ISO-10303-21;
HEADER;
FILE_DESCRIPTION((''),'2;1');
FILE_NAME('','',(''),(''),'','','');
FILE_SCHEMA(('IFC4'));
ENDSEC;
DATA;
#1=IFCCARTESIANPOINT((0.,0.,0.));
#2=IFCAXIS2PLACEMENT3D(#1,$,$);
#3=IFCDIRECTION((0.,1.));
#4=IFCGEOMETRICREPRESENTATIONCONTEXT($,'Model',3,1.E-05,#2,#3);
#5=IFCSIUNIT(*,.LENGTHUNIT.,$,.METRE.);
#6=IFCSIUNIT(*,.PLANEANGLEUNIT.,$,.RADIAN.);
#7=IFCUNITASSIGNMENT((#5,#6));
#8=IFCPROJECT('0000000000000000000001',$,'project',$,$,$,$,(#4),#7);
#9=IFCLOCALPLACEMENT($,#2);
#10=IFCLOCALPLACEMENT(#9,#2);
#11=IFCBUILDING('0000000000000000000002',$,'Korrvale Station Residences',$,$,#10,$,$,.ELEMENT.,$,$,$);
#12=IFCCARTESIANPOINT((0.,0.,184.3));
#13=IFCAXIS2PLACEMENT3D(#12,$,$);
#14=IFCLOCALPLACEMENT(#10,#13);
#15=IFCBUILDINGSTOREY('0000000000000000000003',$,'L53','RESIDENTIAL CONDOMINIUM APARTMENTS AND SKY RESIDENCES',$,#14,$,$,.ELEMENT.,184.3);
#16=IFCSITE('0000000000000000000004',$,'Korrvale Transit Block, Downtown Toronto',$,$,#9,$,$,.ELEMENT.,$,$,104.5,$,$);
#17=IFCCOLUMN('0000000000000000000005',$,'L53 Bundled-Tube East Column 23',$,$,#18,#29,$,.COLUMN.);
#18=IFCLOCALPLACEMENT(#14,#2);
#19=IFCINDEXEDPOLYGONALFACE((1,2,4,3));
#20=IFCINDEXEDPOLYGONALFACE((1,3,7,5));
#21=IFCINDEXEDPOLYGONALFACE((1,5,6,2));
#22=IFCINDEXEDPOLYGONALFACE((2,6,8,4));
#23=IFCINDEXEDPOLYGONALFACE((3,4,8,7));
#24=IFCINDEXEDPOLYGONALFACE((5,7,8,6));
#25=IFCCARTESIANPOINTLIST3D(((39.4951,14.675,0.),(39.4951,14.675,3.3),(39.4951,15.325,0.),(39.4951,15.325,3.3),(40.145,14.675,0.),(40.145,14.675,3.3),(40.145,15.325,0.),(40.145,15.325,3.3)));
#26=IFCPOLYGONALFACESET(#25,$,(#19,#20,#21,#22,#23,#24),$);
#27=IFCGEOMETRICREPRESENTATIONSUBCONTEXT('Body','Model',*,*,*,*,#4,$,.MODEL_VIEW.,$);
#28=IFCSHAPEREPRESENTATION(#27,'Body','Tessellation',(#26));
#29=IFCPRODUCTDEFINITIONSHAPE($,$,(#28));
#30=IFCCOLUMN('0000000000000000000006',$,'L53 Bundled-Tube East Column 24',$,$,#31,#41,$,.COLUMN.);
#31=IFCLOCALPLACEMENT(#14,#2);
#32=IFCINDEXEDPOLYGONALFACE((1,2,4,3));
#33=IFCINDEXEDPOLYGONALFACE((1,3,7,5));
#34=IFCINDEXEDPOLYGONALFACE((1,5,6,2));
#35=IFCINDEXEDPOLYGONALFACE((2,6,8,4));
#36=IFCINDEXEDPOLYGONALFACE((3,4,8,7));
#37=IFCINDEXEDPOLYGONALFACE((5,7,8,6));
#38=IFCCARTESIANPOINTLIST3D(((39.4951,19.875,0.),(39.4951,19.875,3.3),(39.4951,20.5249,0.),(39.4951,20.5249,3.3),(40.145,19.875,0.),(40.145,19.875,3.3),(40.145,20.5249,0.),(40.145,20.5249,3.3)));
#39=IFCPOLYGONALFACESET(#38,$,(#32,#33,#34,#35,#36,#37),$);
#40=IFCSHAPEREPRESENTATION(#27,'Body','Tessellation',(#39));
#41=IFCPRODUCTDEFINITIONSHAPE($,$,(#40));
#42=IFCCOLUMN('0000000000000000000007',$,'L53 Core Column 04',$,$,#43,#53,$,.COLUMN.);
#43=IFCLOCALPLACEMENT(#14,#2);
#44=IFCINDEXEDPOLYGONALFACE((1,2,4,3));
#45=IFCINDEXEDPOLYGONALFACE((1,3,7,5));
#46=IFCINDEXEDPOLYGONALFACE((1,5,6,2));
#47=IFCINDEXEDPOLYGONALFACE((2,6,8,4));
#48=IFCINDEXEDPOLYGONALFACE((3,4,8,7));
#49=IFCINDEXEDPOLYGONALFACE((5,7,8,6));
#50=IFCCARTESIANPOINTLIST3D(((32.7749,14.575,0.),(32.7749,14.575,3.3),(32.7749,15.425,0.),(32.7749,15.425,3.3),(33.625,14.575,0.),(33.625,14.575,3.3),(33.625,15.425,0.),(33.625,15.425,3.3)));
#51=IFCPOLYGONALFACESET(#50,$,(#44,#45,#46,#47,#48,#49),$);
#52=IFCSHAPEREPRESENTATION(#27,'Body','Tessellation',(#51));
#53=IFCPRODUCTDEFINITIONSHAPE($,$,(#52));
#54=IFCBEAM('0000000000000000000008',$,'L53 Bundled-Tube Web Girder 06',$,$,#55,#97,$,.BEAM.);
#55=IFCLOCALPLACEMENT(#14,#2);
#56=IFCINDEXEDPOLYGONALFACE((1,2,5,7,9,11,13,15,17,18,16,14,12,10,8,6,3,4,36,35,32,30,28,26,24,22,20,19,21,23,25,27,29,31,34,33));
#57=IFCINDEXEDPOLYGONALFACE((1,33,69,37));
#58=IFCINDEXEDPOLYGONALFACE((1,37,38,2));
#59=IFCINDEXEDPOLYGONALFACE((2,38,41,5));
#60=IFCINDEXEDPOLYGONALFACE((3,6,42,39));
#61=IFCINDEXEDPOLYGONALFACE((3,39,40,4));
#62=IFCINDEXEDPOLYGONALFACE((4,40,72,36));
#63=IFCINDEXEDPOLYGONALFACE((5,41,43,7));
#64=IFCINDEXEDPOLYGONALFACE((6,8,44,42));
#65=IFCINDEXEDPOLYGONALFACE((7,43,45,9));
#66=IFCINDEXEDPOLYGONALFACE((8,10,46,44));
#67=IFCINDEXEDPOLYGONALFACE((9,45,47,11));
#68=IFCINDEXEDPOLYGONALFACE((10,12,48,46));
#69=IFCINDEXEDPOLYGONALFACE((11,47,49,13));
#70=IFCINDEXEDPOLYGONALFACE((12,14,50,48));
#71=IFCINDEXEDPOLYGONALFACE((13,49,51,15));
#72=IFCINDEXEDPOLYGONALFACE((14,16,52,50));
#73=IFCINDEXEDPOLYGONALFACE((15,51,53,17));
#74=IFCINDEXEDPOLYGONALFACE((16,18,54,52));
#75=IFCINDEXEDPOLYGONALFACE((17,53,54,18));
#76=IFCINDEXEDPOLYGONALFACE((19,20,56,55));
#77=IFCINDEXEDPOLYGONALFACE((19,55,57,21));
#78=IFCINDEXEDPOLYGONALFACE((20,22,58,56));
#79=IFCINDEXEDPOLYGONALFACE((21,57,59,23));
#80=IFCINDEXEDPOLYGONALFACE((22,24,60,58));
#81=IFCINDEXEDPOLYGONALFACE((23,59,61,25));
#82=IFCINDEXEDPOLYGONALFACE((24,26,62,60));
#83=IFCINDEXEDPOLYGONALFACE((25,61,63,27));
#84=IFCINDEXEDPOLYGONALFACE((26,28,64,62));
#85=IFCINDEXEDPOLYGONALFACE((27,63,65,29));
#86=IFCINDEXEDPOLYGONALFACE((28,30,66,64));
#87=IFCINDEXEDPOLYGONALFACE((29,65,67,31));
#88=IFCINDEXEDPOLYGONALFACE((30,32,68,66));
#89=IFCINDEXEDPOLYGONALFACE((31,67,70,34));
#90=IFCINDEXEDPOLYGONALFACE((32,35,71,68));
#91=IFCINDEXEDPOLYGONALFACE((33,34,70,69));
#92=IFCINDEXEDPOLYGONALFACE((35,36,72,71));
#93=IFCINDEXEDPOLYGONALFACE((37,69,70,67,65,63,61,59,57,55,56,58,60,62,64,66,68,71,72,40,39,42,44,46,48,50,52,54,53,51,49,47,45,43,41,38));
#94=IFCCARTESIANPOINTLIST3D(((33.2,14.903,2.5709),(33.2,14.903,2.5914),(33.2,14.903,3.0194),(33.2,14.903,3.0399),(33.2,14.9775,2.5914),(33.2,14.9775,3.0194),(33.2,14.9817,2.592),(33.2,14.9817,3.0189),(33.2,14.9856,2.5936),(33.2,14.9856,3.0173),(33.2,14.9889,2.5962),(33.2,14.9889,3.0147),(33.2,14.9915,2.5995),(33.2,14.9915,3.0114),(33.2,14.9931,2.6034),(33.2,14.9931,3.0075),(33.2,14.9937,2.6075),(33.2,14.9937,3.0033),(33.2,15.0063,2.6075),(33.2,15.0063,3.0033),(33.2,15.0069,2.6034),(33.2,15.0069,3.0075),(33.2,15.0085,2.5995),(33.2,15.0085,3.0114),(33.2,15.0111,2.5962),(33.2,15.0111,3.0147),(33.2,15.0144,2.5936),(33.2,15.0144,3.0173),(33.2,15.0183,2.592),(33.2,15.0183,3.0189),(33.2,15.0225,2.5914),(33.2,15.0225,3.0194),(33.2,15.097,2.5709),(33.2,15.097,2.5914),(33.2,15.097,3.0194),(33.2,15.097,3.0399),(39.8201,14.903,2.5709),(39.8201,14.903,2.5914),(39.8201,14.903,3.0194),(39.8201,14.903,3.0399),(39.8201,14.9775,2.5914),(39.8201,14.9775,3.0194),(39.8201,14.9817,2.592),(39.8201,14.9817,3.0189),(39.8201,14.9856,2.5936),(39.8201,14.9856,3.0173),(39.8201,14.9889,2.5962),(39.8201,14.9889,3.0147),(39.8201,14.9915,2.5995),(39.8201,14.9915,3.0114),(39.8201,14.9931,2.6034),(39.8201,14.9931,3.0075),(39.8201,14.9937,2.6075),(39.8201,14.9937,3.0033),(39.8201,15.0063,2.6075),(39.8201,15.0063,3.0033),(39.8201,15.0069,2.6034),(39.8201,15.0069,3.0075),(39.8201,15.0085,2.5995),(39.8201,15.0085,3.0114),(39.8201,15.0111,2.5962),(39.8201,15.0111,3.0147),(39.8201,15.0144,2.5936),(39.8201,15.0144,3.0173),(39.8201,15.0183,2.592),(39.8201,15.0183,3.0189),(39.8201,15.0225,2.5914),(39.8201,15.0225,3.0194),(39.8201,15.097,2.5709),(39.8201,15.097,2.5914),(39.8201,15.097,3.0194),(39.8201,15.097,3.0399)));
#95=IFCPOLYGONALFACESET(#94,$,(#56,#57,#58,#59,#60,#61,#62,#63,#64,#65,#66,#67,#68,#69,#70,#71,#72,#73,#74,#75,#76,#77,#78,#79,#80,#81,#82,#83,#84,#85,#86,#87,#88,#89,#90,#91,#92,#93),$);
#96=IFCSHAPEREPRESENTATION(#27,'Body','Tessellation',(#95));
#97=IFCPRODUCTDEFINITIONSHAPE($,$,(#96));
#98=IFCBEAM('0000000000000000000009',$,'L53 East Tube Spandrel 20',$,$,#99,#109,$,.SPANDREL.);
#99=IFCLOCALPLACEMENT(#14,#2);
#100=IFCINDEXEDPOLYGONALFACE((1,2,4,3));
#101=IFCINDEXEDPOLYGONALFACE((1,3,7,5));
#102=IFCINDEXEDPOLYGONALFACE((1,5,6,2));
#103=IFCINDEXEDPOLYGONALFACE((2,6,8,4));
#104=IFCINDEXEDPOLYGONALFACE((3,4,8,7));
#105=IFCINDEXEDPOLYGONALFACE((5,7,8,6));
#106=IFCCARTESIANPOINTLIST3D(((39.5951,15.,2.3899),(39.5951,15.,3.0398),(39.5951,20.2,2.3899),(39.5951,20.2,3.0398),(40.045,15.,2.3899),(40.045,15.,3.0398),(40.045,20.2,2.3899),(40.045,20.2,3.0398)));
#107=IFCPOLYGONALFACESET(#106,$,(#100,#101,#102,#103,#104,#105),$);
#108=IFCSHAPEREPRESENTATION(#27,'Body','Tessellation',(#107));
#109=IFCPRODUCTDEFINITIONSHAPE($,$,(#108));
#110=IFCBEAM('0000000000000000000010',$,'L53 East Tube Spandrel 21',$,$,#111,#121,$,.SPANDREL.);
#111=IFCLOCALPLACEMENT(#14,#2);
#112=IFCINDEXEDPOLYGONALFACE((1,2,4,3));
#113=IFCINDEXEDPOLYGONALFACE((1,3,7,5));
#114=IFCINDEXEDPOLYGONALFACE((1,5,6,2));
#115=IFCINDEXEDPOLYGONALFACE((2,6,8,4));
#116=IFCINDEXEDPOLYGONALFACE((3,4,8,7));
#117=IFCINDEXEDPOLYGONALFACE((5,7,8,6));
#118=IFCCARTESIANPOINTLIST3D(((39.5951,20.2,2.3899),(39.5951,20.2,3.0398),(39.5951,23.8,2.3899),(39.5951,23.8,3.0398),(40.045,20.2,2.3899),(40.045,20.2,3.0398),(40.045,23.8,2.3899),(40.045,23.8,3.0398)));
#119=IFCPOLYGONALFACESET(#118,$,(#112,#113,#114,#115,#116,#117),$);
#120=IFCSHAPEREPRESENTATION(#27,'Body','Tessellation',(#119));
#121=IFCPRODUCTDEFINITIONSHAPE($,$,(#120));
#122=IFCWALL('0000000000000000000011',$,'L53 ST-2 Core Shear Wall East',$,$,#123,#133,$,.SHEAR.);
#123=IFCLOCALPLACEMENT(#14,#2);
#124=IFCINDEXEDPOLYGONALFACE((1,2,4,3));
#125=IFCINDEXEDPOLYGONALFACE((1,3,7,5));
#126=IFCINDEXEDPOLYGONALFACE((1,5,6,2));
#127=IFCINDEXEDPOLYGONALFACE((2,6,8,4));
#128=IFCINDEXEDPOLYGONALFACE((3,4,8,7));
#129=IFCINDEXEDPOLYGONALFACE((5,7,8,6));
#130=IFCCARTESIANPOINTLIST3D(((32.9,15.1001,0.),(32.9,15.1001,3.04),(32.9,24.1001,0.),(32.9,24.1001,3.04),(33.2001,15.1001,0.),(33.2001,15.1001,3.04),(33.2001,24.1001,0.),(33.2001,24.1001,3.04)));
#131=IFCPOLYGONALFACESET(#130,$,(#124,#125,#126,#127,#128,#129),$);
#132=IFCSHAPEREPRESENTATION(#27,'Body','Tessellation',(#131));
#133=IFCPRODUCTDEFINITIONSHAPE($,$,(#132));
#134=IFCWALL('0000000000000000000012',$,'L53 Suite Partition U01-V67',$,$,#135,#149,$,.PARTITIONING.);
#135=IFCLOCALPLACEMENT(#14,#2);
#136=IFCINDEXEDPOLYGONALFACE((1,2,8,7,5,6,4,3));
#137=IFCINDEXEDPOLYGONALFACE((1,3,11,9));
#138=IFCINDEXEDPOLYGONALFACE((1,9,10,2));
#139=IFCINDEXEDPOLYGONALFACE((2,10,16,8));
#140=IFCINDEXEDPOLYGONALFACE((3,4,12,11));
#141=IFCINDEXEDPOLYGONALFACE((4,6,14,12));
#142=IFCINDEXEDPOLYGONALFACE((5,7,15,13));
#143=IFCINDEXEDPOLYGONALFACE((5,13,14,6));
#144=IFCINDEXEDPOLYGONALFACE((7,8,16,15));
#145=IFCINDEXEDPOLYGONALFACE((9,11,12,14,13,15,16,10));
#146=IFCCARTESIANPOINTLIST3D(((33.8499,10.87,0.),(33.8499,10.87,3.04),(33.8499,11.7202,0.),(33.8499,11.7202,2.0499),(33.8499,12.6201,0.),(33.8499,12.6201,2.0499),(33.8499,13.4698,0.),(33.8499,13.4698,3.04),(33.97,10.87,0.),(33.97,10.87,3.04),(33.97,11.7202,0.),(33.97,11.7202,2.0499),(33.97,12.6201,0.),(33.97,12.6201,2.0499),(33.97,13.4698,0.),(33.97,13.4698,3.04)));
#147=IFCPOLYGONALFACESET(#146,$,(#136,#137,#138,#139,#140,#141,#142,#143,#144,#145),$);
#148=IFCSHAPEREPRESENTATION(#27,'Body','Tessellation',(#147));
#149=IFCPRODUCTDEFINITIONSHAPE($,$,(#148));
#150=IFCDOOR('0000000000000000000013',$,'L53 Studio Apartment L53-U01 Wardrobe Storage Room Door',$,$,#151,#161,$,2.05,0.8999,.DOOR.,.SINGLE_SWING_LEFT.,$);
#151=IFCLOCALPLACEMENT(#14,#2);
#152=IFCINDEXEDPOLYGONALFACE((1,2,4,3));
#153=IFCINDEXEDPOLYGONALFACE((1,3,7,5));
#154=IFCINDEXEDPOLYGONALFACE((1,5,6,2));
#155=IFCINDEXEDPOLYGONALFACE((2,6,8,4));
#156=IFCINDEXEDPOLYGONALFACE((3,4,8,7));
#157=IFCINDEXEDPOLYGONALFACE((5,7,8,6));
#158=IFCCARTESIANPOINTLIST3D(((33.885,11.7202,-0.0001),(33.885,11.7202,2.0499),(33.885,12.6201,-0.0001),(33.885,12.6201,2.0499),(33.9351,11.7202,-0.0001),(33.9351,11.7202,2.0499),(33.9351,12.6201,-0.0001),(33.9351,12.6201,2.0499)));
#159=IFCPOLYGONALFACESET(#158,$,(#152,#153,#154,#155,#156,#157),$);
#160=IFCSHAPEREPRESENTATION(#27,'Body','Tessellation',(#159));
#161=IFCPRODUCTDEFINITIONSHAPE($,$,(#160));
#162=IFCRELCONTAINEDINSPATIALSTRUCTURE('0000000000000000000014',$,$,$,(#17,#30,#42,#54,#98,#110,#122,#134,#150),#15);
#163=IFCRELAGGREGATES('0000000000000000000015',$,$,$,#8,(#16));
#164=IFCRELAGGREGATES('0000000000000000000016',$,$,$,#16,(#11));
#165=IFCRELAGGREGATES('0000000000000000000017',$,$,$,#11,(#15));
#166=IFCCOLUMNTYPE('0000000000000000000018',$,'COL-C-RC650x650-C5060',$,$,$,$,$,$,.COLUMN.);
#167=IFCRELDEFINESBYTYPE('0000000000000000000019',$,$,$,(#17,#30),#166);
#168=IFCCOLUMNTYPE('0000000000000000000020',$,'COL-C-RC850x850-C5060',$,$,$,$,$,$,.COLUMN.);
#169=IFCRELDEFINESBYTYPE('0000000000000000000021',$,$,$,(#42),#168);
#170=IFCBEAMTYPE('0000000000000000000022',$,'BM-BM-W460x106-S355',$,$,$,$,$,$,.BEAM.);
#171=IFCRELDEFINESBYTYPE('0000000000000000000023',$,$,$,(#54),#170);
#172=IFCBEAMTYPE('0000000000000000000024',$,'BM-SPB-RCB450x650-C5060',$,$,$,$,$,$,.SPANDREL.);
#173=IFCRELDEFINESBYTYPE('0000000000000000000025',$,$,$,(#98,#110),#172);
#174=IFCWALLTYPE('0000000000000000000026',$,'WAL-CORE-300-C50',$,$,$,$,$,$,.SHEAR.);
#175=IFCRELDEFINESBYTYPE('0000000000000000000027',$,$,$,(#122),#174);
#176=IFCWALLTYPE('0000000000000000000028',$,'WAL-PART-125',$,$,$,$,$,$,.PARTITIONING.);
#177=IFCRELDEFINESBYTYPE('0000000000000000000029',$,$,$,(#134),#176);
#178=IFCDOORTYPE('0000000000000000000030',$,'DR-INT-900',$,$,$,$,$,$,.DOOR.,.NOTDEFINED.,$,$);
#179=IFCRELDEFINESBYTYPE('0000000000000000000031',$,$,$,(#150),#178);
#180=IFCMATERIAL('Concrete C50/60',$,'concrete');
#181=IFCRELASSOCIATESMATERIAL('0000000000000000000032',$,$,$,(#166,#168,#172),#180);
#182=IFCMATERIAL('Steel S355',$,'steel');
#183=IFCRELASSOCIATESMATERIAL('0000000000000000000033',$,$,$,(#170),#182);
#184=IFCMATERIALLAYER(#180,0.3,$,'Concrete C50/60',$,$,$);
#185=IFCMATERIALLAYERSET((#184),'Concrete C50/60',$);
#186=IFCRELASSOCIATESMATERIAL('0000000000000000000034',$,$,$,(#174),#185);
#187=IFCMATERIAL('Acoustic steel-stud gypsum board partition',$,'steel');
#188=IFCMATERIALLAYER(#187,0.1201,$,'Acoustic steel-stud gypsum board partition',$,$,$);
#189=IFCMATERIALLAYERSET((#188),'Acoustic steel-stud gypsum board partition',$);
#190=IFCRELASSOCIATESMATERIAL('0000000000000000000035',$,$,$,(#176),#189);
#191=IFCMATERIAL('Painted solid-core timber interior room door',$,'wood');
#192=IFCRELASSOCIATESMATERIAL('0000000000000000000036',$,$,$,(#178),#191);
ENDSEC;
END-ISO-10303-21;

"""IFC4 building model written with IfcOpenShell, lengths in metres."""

from ifc_helpers import new_model, si_unit, direction, frame, frame_2d, origin, origin_2d, place, context, subcontext, project, spatial, rectangle, i_section, extrude, material, layer, layer_set, material_profile, profile_set, type_object, element, fill, save


model = new_model("IFC4")

# Units and contexts
model_context = context("Model", 3, precision=1e-05, world=origin(), true_north=direction((0.0, 1.0)))
body_context = subcontext(model_context, "Body", "Model", "MODEL_VIEW")
ifc_project = project(units=[si_unit("LENGTHUNIT", "METRE"), si_unit("PLANEANGLEUNIT", "RADIAN")], contexts=[model_context])

# Site, building, storey
site_placement = place(None, origin())
site = spatial("IfcSite", under=ifc_project, at=site_placement, Name="Korrvale Transit Block, Downtown Toronto", CompositionType="ELEMENT", RefElevation=104.5)
building_placement = place(site_placement, origin())
building = spatial("IfcBuilding", under=site, at=building_placement, Name="Korrvale Station Residences", CompositionType="ELEMENT")
storey_placement = place(building_placement, frame((0.0, 0.0, 184.3)))
storey = spatial("IfcBuildingStorey", under=building, at=storey_placement, Name="L53", Description="RESIDENTIAL CONDOMINIUM APARTMENTS AND SKY RESIDENCES", CompositionType="ELEMENT", Elevation=184.3)

# Columns
ifc_material_1 = material(Name="Concrete C50/60", Category="concrete")
ifc_material_profile_1 = material_profile(ifc_material_1, rectangle(XDim=0.6499, YDim=0.6499, at=origin_2d()), Name="RC650x650")
ifc_profile_set_1 = profile_set([ifc_material_profile_1], Name="Concrete C50/60")
column_type_1 = type_object("IfcColumnType", Name="COL-C-RC650x650-C5060", PredefinedType="COLUMN", material=ifc_profile_set_1)
for number, where, z_axis, x_axis, name in (
    (1, (39.8201, 15.0, 0.0), (0.0, 0.0, 1.0), (1.0, 0.0, 0.0), "L53 Bundled-Tube East Column 23"),
    (2, (39.8201, 20.2, 0.0), (0.0, 0.0, 1.0), (1.0, 0.0, 0.0), "L53 Bundled-Tube East Column 24"),
):
    element("IfcColumn", number, at=place(storey_placement, frame(where, z_axis=z_axis, x_axis=x_axis)), inside=storey, type_object=column_type_1, Name=name, PredefinedType="COLUMN", context=body_context, shape_type="SweptSolid", body=[
        extrude(rectangle(XDim=0.6499, YDim=0.6499, at=origin_2d()), origin(), (0.0, 0.0, 1.0), 3.3),
    ])
ifc_material_profile_2 = material_profile(ifc_material_1, rectangle(XDim=0.8501, YDim=0.8501, at=origin_2d()), Name="RC850x850")
ifc_profile_set_2 = profile_set([ifc_material_profile_2], Name="Concrete C50/60")
column_type_2 = type_object("IfcColumnType", Name="COL-C-RC850x850-C5060", PredefinedType="COLUMN", material=ifc_profile_set_2)
column_placement = place(storey_placement, frame((33.2, 15.0, 0.0), z_axis=(0.0, 0.0, 1.0), x_axis=(1.0, 0.0, 0.0)))
element("IfcColumn", 3, at=column_placement, inside=storey, type_object=column_type_2, Name="L53 Core Column 04", PredefinedType="COLUMN", context=body_context, shape_type="SweptSolid", body=[
    extrude(rectangle(XDim=0.8501, YDim=0.8501, at=origin_2d()), origin(), (0.0, 0.0, 1.0), 3.3),
])

# Beams
ifc_material_2 = material(Name="Steel S355", Category="steel")
ifc_material_profile_3 = material_profile(ifc_material_2, i_section(OverallWidth=0.1941, OverallDepth=0.469, WebThickness=0.0127, FlangeThickness=0.0205, FilletRadius=0.0161, at=origin_2d()), Name="W460x106")
ifc_profile_set_3 = profile_set([ifc_material_profile_3], Name="Steel S355")
beam_type_1 = type_object("IfcBeamType", Name="BM-BM-W460x106-S355", PredefinedType="BEAM", material=ifc_profile_set_3)
beam_1_placement = place(storey_placement, frame((33.2, 15.0, 2.8054), z_axis=(1.0, 0.0, 0.0), x_axis=(0.0, 1.0, 0.0)))
element("IfcBeam", 4, at=beam_1_placement, inside=storey, type_object=beam_type_1, Name="L53 Bundled-Tube Web Girder 06", PredefinedType="BEAM", context=body_context, shape_type="SweptSolid", body=[
    extrude(i_section(OverallWidth=0.1941, OverallDepth=0.469, WebThickness=0.0127, FlangeThickness=0.0205, FilletRadius=0.0161, at=origin_2d()), origin(), (0.0, 0.0, 1.0), 6.6201),
])
ifc_material_profile_4 = material_profile(ifc_material_1, rectangle(XDim=0.45, YDim=0.6499, at=origin_2d()), Name="RCB450x650")
ifc_profile_set_4 = profile_set([ifc_material_profile_4], Name="Concrete C50/60")
beam_type_2 = type_object("IfcBeamType", Name="BM-SPB-RCB450x650-C5060", PredefinedType="SPANDREL", material=ifc_profile_set_4)
beam_2_placement = place(storey_placement, frame((39.8201, 15.0, 2.7148), z_axis=(0.0, 1.0, 0.0), x_axis=(-1.0, 0.0, 0.0)))
element("IfcBeam", 5, at=beam_2_placement, inside=storey, type_object=beam_type_2, Name="L53 East Tube Spandrel 20", PredefinedType="SPANDREL", context=body_context, shape_type="SweptSolid", body=[
    extrude(rectangle(XDim=0.45, YDim=0.6499, at=origin_2d()), origin(), (0.0, 0.0, 1.0), 5.2),
])
beam_3_placement = place(storey_placement, frame((39.8201, 20.2, 2.7148), z_axis=(0.0, 1.0, 0.0), x_axis=(-1.0, 0.0, 0.0)))
element("IfcBeam", 6, at=beam_3_placement, inside=storey, type_object=beam_type_2, Name="L53 East Tube Spandrel 21", PredefinedType="SPANDREL", context=body_context, shape_type="SweptSolid", body=[
    extrude(rectangle(XDim=0.45, YDim=0.6499, at=origin_2d()), origin(), (0.0, 0.0, 1.0), 3.6001),
])

# Wall
ifc_layer_1 = layer(ifc_material_1, 0.3, Name="Concrete C50/60")
ifc_layer_set_1 = layer_set([ifc_layer_1], Name="Concrete C50/60")
wall_type_1 = type_object("IfcWallType", Name="WAL-CORE-300-C50", PredefinedType="SHEAR", material=ifc_layer_set_1)
wall_1_placement = place(storey_placement, frame((33.05, 15.1001, 0.0), z_axis=(0.0, 0.0, 1.0), x_axis=(0.0, 1.0, 0.0)))
element("IfcWall", 7, at=wall_1_placement, inside=storey, type_object=wall_type_1, Name="L53 ST-2 Core Shear Wall East", PredefinedType="SHEAR", context=body_context, shape_type="SweptSolid", body=[
    extrude(rectangle(XDim=9.0, YDim=0.3, at=frame_2d((4.5, 0.0))), origin(), (0.0, 0.0, 1.0), 3.04),
])

# Wall, opening, door
ifc_material_3 = material(Name="Acoustic steel-stud gypsum board partition", Category="steel")
ifc_layer_2 = layer(ifc_material_3, 0.1201, Name="Acoustic steel-stud gypsum board partition")
ifc_layer_set_2 = layer_set([ifc_layer_2], Name="Acoustic steel-stud gypsum board partition")
wall_type_2 = type_object("IfcWallType", Name="WAL-PART-125", PredefinedType="PARTITIONING", material=ifc_layer_set_2)
wall_2_placement = place(storey_placement, frame((33.9099, 10.8701, 0.0), z_axis=(0.0, 0.0, 1.0), x_axis=(0.0, 1.0, 0.0)))
wall_2 = element("IfcWall", 8, at=wall_2_placement, inside=storey, type_object=wall_type_2, Name="L53 Suite Partition U01-V67", PredefinedType="PARTITIONING", context=body_context, shape_type="SweptSolid", body=[
    extrude(rectangle(XDim=2.5999, YDim=0.1201, at=frame_2d((1.2998, 0.0))), origin(), (0.0, 0.0, 1.0), 3.04),
])
opening_1_placement = place(wall_2_placement, frame((0.8501, 0.0, 0.0)))
opening_1 = element("IfcOpeningElement", 9, at=opening_1_placement, cuts=wall_2, PredefinedType="OPENING", context=body_context, shape_type="SweptSolid", body=[
    extrude(rectangle(XDim=0.8999, YDim=2.05, at=frame_2d((0.45, 1.0249))), frame((0.0, 0.0701, 0.0), z_axis=(0.0, -1.0, 0.0), x_axis=(1.0, 0.0, 0.0)), (0.0, 0.0, 1.0), 0.1401),
])
ifc_material_4 = material(Name="Painted solid-core timber interior room door", Category="wood")
door_type_1 = type_object("IfcDoorType", Name="DR-INT-900", OperationType="NOTDEFINED", PredefinedType="DOOR", material=ifc_material_4)
door_1_placement = place(opening_1_placement, origin())
door_1 = element("IfcDoor", 10, at=door_1_placement, inside=storey, type_object=door_type_1, Name="L53 Studio Apartment L53-U01 Wardrobe Storage Room Door", OperationType="SINGLE_SWING_LEFT", OverallHeight=2.05, OverallWidth=0.8999, PredefinedType="DOOR", context=body_context, shape_type="SweptSolid", body=[
    extrude(rectangle(XDim=0.8999, YDim=2.05, at=frame_2d((0.45, 1.0249))), frame((0.0, 0.0249, 0.0), z_axis=(0.0, -1.0, 0.0), x_axis=(1.0, 0.0, 0.0)), (0.0, 0.0, 1.0), 0.05),
])
fill(opening_1, door_1)

save(model, "model.ifc")
